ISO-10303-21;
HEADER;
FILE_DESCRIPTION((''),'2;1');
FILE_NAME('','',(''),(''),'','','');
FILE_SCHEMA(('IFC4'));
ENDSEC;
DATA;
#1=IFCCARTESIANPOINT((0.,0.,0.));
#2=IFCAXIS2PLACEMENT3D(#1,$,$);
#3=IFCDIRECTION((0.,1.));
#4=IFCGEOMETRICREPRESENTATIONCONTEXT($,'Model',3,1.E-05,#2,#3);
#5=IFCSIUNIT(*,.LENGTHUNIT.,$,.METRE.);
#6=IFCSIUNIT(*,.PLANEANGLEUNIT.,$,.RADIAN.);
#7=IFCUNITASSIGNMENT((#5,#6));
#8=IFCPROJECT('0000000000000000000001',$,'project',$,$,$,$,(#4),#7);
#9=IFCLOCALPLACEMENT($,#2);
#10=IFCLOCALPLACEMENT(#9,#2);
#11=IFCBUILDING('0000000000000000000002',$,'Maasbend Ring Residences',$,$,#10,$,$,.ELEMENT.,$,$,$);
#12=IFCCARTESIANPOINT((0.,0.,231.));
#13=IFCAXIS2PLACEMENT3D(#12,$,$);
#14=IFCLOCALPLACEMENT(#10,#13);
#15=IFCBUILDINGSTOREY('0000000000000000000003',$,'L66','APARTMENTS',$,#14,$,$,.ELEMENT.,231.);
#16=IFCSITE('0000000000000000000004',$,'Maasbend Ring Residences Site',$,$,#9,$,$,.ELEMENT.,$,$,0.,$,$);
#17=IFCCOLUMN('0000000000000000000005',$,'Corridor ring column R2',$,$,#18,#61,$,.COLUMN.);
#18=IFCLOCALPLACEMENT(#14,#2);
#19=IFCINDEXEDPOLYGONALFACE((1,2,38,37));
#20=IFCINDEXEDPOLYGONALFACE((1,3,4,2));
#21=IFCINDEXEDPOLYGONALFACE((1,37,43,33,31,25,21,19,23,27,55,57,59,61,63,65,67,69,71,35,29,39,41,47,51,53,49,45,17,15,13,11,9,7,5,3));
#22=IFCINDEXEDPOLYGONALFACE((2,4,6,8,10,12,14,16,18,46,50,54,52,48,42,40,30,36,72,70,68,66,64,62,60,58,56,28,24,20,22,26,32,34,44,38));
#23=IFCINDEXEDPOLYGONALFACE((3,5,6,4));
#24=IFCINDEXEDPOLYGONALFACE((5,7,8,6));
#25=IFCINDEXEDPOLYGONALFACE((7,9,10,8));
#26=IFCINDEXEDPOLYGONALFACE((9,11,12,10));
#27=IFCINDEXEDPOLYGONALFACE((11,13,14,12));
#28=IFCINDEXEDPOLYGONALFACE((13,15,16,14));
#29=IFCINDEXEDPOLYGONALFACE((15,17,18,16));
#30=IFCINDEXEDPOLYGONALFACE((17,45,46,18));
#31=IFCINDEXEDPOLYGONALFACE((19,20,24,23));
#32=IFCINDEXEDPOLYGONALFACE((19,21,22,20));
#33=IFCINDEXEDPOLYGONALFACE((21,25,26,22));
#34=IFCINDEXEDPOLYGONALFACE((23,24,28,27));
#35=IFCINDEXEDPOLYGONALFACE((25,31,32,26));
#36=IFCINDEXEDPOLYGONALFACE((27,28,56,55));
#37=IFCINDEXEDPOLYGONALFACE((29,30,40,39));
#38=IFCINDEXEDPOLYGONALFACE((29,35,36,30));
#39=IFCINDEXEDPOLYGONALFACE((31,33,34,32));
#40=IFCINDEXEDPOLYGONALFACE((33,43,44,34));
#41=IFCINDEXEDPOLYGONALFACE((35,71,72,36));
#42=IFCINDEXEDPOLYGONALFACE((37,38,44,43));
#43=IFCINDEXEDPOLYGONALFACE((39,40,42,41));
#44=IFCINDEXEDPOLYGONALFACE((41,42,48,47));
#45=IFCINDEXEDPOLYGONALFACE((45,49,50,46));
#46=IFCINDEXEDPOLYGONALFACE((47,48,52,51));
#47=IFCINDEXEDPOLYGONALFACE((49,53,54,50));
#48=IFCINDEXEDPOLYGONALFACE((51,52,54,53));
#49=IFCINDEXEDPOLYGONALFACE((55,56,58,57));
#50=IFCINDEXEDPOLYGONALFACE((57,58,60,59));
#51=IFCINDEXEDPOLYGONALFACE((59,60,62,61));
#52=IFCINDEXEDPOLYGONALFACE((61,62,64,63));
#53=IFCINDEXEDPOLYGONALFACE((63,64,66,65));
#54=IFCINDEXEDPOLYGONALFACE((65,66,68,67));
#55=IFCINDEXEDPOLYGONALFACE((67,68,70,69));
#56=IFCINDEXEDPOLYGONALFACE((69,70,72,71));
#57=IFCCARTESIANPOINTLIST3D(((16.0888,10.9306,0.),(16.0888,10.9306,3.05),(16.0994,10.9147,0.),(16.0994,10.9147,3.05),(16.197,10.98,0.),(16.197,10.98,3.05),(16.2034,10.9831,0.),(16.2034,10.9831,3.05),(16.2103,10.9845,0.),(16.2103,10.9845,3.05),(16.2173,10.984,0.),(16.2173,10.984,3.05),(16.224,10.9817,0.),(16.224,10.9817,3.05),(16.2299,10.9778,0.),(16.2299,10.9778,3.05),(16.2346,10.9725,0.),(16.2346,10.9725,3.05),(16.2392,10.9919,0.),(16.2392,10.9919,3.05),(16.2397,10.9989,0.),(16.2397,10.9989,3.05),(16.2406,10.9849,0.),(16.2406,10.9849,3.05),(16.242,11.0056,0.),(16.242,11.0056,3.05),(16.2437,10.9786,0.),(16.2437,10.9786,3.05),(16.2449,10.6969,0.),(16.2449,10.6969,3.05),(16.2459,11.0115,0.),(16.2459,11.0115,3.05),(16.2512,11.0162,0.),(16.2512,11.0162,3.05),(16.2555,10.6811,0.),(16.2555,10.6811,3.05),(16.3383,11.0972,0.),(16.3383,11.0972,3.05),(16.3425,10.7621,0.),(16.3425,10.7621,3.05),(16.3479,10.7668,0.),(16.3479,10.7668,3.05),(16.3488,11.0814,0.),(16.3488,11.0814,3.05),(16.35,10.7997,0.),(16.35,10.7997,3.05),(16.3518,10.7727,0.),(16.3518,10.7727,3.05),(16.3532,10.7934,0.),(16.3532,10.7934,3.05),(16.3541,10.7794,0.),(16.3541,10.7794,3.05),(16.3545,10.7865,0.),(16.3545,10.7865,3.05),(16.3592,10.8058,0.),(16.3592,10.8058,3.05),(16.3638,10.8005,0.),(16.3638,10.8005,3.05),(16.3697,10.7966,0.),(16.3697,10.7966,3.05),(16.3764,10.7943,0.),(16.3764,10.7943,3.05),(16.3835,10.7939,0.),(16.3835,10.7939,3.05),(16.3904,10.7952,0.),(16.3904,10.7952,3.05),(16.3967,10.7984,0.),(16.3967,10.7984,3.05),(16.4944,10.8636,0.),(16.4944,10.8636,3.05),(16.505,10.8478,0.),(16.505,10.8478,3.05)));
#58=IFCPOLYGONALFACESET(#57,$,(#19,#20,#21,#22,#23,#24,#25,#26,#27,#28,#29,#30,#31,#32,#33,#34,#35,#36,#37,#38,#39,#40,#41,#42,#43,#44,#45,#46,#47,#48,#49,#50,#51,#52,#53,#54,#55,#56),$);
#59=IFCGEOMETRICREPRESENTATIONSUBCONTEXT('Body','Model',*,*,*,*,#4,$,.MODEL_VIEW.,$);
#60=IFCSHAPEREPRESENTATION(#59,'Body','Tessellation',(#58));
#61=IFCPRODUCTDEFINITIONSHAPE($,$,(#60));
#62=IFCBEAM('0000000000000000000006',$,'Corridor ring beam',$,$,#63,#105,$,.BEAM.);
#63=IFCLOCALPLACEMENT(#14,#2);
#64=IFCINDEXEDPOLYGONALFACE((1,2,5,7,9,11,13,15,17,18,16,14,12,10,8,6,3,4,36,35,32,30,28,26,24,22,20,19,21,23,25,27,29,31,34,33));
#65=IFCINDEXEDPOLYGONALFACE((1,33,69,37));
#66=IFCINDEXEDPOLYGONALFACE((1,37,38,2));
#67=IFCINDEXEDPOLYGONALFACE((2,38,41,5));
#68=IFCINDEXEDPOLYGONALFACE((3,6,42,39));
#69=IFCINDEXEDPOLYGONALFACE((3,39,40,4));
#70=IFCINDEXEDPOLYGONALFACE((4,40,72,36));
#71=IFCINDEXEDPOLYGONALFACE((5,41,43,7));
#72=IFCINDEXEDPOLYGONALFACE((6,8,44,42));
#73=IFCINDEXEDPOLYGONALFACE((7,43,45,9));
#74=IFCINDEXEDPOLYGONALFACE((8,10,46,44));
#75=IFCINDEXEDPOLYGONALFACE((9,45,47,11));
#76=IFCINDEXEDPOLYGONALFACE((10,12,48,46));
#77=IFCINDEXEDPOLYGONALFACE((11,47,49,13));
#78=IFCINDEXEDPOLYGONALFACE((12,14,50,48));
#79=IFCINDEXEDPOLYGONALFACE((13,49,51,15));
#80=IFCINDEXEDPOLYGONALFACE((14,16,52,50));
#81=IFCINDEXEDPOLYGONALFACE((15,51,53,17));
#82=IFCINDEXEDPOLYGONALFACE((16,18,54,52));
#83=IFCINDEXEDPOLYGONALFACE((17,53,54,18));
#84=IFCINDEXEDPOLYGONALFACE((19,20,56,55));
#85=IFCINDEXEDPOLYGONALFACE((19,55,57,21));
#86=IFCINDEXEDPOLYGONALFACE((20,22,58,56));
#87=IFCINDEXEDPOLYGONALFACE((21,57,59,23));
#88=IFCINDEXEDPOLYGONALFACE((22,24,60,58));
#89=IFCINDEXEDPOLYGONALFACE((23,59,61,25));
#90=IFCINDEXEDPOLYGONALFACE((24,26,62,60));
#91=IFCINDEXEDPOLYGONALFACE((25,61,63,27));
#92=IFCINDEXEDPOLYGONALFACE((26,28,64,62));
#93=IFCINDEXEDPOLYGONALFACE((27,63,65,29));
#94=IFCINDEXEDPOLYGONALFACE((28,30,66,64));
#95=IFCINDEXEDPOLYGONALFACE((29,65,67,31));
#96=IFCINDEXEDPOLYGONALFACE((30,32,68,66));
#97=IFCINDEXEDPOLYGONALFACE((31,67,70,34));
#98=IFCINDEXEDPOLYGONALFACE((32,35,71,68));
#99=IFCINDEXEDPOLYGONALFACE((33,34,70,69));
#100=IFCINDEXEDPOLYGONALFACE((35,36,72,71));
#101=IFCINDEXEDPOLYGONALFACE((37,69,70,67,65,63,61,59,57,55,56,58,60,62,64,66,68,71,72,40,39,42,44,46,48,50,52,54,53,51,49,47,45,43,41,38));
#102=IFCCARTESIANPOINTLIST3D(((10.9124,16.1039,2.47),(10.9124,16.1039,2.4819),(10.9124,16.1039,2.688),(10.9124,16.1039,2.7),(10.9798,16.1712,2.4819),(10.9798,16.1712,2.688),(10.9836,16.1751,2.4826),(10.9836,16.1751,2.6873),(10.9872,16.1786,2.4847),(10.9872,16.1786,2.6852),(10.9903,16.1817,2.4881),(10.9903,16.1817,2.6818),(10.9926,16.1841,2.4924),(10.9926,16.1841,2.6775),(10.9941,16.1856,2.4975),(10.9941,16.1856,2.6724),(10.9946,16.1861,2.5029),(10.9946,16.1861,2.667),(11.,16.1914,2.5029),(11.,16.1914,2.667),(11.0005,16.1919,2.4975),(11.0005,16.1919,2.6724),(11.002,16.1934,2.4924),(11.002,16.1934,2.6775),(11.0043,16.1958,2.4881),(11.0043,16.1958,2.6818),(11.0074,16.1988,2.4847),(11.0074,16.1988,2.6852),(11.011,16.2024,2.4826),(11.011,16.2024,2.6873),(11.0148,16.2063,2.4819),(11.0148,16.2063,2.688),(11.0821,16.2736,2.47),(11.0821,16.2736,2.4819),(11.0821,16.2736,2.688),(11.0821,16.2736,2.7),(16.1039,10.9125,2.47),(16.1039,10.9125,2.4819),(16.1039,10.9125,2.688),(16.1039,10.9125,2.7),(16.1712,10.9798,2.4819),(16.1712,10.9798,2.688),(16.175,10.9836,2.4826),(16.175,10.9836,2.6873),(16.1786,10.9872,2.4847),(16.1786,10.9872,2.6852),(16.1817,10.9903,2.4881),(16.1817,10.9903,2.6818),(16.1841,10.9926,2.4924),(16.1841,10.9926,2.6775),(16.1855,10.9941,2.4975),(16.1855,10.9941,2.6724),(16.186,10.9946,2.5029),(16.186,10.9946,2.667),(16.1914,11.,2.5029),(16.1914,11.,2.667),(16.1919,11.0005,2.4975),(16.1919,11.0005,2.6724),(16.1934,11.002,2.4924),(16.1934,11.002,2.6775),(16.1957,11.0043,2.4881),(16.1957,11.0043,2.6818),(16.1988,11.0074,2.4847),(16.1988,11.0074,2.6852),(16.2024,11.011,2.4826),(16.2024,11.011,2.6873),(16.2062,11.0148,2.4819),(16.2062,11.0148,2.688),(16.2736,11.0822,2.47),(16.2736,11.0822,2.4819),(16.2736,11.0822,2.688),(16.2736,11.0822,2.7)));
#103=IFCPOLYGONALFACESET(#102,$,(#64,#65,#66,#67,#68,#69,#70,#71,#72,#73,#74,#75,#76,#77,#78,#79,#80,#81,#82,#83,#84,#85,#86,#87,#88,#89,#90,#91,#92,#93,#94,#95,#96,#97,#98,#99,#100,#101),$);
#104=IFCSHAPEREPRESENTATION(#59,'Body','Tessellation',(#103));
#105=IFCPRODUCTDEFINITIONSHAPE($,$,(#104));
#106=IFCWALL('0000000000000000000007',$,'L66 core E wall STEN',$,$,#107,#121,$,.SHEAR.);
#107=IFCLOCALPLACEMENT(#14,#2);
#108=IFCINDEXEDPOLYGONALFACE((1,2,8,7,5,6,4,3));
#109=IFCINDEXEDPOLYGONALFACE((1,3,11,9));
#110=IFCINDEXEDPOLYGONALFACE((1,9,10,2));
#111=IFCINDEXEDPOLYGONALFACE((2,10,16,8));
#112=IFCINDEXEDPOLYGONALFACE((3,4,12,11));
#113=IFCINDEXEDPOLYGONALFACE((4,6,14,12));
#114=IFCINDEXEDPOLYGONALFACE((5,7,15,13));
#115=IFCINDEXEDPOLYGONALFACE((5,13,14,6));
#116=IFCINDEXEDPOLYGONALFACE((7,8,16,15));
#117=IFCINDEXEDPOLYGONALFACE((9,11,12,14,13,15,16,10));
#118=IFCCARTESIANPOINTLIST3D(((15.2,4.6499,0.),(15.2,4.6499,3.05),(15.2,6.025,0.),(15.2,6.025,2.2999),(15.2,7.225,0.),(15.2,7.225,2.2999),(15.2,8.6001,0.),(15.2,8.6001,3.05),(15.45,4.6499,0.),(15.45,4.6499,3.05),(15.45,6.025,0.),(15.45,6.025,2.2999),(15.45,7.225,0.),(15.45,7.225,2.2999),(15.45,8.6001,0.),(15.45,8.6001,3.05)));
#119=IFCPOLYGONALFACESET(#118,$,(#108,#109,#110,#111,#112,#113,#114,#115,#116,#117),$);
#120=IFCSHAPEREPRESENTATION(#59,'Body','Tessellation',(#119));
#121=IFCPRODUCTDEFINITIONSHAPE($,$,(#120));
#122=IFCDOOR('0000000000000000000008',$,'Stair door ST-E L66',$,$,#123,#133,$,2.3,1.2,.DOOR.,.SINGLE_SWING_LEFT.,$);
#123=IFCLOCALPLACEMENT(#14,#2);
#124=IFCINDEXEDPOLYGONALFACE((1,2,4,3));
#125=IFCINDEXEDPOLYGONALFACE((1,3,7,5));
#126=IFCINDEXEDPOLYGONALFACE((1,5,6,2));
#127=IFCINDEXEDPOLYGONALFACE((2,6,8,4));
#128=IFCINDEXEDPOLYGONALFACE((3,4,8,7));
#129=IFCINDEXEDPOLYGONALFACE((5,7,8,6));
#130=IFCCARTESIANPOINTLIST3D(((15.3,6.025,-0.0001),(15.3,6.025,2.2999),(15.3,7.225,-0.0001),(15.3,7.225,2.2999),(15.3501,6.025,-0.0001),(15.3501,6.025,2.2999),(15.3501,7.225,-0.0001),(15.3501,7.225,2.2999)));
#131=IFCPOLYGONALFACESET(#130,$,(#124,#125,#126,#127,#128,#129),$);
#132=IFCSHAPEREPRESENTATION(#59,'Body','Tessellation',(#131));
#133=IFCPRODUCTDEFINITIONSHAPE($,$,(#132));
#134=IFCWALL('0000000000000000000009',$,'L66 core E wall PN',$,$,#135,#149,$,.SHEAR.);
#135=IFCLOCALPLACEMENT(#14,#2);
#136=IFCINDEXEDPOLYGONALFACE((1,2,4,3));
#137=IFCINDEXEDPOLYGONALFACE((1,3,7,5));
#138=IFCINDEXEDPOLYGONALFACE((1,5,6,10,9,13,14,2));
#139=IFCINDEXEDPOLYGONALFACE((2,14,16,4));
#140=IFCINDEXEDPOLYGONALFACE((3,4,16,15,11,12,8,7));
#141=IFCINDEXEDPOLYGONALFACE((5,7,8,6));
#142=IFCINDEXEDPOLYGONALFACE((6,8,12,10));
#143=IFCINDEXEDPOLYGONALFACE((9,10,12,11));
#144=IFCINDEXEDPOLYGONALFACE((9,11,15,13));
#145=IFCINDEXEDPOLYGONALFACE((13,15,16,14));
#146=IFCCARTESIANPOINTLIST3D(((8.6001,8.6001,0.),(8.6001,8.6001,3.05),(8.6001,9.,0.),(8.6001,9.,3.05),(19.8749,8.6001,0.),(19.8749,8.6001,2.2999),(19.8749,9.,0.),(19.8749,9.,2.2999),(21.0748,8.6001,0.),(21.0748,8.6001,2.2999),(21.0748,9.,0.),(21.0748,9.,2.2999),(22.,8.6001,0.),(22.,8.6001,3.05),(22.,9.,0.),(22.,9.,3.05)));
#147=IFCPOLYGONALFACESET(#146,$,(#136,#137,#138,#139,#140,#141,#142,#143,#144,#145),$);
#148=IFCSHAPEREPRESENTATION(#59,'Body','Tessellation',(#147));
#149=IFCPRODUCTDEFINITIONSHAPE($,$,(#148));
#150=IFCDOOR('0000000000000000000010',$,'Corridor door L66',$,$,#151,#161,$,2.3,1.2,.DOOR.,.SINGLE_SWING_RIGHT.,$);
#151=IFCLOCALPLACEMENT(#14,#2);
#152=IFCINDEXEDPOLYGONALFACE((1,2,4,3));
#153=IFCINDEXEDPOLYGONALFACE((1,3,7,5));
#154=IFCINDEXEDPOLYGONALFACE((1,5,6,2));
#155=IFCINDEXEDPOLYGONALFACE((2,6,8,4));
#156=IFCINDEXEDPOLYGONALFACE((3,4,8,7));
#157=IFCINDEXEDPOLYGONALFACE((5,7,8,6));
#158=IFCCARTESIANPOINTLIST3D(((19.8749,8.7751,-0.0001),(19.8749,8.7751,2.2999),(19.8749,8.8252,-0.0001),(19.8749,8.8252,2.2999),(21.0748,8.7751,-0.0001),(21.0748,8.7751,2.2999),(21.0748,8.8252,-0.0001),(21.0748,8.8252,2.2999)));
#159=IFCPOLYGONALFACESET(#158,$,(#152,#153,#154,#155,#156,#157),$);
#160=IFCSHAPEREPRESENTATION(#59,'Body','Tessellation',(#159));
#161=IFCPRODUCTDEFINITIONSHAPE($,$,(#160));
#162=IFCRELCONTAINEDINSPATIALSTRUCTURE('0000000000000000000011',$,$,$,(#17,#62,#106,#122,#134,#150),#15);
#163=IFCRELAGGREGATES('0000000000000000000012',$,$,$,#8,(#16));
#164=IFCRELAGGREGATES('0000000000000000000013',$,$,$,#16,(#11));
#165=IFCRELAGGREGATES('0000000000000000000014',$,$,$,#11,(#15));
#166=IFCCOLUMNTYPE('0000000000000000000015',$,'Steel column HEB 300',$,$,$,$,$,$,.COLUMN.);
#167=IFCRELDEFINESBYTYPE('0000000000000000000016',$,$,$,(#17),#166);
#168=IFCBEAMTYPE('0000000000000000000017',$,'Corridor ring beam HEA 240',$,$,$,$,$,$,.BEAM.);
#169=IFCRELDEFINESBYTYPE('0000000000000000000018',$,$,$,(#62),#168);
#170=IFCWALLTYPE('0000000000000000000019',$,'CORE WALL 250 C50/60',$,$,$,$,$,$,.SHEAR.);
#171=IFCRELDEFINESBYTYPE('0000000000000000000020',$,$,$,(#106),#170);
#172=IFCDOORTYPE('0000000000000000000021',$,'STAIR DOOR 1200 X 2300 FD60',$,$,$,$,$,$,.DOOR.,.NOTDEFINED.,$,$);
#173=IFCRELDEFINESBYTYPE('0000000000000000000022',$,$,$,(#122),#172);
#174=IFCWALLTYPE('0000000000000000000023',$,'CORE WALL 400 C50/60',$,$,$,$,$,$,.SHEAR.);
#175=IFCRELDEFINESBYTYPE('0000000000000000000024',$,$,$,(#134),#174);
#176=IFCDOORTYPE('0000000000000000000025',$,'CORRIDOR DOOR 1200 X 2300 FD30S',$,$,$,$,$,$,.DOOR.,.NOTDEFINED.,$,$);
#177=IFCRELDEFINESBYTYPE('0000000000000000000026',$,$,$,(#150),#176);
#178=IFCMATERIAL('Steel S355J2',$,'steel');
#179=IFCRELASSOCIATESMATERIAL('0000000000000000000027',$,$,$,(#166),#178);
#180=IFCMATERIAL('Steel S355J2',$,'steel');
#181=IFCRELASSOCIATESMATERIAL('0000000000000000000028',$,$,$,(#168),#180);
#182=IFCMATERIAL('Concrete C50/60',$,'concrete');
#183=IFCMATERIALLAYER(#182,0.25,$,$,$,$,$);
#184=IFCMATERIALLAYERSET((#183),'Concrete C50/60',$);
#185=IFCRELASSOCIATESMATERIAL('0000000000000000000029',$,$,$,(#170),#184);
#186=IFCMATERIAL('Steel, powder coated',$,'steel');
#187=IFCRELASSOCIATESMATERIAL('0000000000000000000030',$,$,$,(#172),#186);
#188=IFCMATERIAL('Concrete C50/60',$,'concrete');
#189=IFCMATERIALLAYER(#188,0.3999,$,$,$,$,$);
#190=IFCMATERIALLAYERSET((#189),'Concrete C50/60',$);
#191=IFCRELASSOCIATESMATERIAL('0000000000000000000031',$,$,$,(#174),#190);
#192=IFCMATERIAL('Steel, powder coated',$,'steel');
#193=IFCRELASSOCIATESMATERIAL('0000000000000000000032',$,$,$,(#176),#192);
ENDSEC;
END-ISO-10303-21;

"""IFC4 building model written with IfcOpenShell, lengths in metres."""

from ifc_helpers import new_model, si_unit, direction, frame, frame_2d, origin, origin_2d, place, context, subcontext, project, spatial, rectangle, i_section, extrude, material, layer, layer_set, material_profile, profile_set, type_object, element, fill, save


model = new_model("IFC4")

# Units and contexts
model_context = context("Model", 3, precision=1e-05, world=origin(), true_north=direction((0.0, 1.0)))
body_context = subcontext(model_context, "Body", "Model", "MODEL_VIEW")
ifc_project = project(units=[si_unit("LENGTHUNIT", "METRE"), si_unit("PLANEANGLEUNIT", "RADIAN")], contexts=[model_context])

# Site, building, storey
site_placement = place(None, origin())
site = spatial("IfcSite", under=ifc_project, at=site_placement, Name="Maasbend Ring Residences Site", CompositionType="ELEMENT", RefElevation=0.0)
building_placement = place(site_placement, origin())
building = spatial("IfcBuilding", under=site, at=building_placement, Name="Maasbend Ring Residences", CompositionType="ELEMENT")
storey_placement = place(building_placement, frame((0.0, 0.0, 231.0)))
storey = spatial("IfcBuildingStorey", under=building, at=storey_placement, Name="L66", Description="APARTMENTS", CompositionType="ELEMENT", Elevation=231.0)

# Column
ifc_material_1 = material(Name="Steel S355J2", Category="steel")
ifc_material_profile_1 = material_profile(ifc_material_1, i_section(OverallWidth=0.3, OverallDepth=0.3, WebThickness=0.011, FlangeThickness=0.019, FilletRadius=0.0271, at=origin_2d()), Name="HEB 300")
ifc_profile_set_1 = profile_set([ifc_material_profile_1], Name="Steel S355J2")
column_type = type_object("IfcColumnType", Name="Steel column HEB 300", PredefinedType="COLUMN", material=ifc_profile_set_1)
column_placement = place(storey_placement, frame((16.2969, 10.8892, 0.0), z_axis=(0.0, 0.0, 1.0), x_axis=(0.83147, 0.55557, 0.0)))
element("IfcColumn", 1, at=column_placement, inside=storey, type_object=column_type, Name="Corridor ring column R2", PredefinedType="COLUMN", context=body_context, shape_type="SweptSolid", body=[
    extrude(i_section(OverallWidth=0.3, OverallDepth=0.3, WebThickness=0.011, FlangeThickness=0.019, FilletRadius=0.0271, at=origin_2d()), origin(), (0.0, 0.0, 1.0), 3.05),
])

# Beam
ifc_material_2 = material(Name="Steel S355J2", Category="steel")
ifc_material_profile_2 = material_profile(ifc_material_2, i_section(OverallWidth=0.24, OverallDepth=0.23, WebThickness=0.0076, FlangeThickness=0.012, FilletRadius=0.021, at=origin_2d()), Name="HEA 240")
ifc_profile_set_2 = profile_set([ifc_material_profile_2], Name="Steel S355J2")
beam_type = type_object("IfcBeamType", Name="Corridor ring beam HEA 240", PredefinedType="BEAM", material=ifc_profile_set_2)
beam_placement = place(storey_placement, frame((16.1887, 10.9973, 2.585), z_axis=(-0.707107, 0.707107, 0.0), x_axis=(-0.707107, -0.707107, 0.0)))
element("IfcBeam", 2, at=beam_placement, inside=storey, type_object=beam_type, Name="Corridor ring beam", PredefinedType="BEAM", context=body_context, shape_type="SweptSolid", body=[
    extrude(i_section(OverallWidth=0.24, OverallDepth=0.23, WebThickness=0.0076, FlangeThickness=0.012, FilletRadius=0.021, at=origin_2d()), origin(), (0.0, 0.0, 1.0), 7.3418),
])

# Walls, openings, doors
ifc_material_3 = material(Name="Concrete C50/60", Category="concrete")
ifc_layer_1 = layer(ifc_material_3, 0.25)
ifc_layer_set_1 = layer_set([ifc_layer_1], Name="Concrete C50/60")
wall_type_1 = type_object("IfcWallType", Name="CORE WALL 250 C50/60", PredefinedType="SHEAR", material=ifc_layer_set_1)
wall_1_placement = place(storey_placement, frame((15.325, 4.6499, 0.0), z_axis=(0.0, 0.0, 1.0), x_axis=(0.0, 1.0, 0.0)))
wall_1 = element("IfcWall", 3, at=wall_1_placement, inside=storey, type_object=wall_type_1, Name="L66 core E wall STEN", PredefinedType="SHEAR", context=body_context, shape_type="SweptSolid", body=[
    extrude(rectangle(XDim=3.9502, YDim=0.25, at=frame_2d((1.9751, 0.0))), origin(), (0.0, 0.0, 1.0), 3.05),
])
opening_1_placement = place(wall_1_placement, frame((1.375, 0.0, 0.0)))
opening_1 = element("IfcOpeningElement", 4, at=opening_1_placement, cuts=wall_1, PredefinedType="OPENING", context=body_context, shape_type="SweptSolid", body=[
    extrude(rectangle(XDim=1.2, YDim=2.3, at=frame_2d((0.6001, 1.1499))), frame((0.0, 0.135, 0.0), z_axis=(0.0, -1.0, 0.0), x_axis=(1.0, 0.0, 0.0)), (0.0, 0.0, 1.0), 0.27),
])
ifc_material_4 = material(Name="Steel, powder coated", Category="steel")
door_type_1 = type_object("IfcDoorType", Name="STAIR DOOR 1200 X 2300 FD60", OperationType="NOTDEFINED", PredefinedType="DOOR", material=ifc_material_4)
door_1_placement = place(opening_1_placement, origin())
door_1 = element("IfcDoor", 5, at=door_1_placement, inside=storey, type_object=door_type_1, Name="Stair door ST-E L66", OperationType="SINGLE_SWING_LEFT", OverallHeight=2.3, OverallWidth=1.2, PredefinedType="DOOR", context=body_context, shape_type="SweptSolid", body=[
    extrude(rectangle(XDim=1.2, YDim=2.3, at=frame_2d((0.6001, 1.1499))), frame((0.0, 0.0249, 0.0), z_axis=(0.0, -1.0, 0.0), x_axis=(1.0, 0.0, 0.0)), (0.0, 0.0, 1.0), 0.05),
])
fill(opening_1, door_1)
ifc_material_5 = material(Name="Concrete C50/60", Category="concrete")
ifc_layer_2 = layer(ifc_material_5, 0.3999)
ifc_layer_set_2 = layer_set([ifc_layer_2], Name="Concrete C50/60")
wall_type_2 = type_object("IfcWallType", Name="CORE WALL 400 C50/60", PredefinedType="SHEAR", material=ifc_layer_set_2)
wall_2_placement = place(storey_placement, frame((22.0, 8.8, 0.0), z_axis=(0.0, 0.0, 1.0), x_axis=(-1.0, 0.0, 0.0)))
wall_2 = element("IfcWall", 6, at=wall_2_placement, inside=storey, type_object=wall_type_2, Name="L66 core E wall PN", PredefinedType="SHEAR", context=body_context, shape_type="SweptSolid", body=[
    extrude(rectangle(XDim=13.3999, YDim=0.3999, at=frame_2d((6.7, 0.0))), origin(), (0.0, 0.0, 1.0), 3.05),
])
opening_2_placement = place(wall_2_placement, frame((0.925, 0.0, 0.0)))
opening_2 = element("IfcOpeningElement", 7, at=opening_2_placement, cuts=wall_2, PredefinedType="OPENING", context=body_context, shape_type="SweptSolid", body=[
    extrude(rectangle(XDim=1.2, YDim=2.3, at=frame_2d((0.6001, 1.1499))), frame((0.0, 0.21, 0.0), z_axis=(0.0, -1.0, 0.0), x_axis=(1.0, 0.0, 0.0)), (0.0, 0.0, 1.0), 0.4199),
])
ifc_material_6 = material(Name="Steel, powder coated", Category="steel")
door_type_2 = type_object("IfcDoorType", Name="CORRIDOR DOOR 1200 X 2300 FD30S", OperationType="NOTDEFINED", PredefinedType="DOOR", material=ifc_material_6)
door_2_placement = place(opening_2_placement, origin())
door_2 = element("IfcDoor", 8, at=door_2_placement, inside=storey, type_object=door_type_2, Name="Corridor door L66", OperationType="SINGLE_SWING_RIGHT", OverallHeight=2.3, OverallWidth=1.2, PredefinedType="DOOR", context=body_context, shape_type="SweptSolid", body=[
    extrude(rectangle(XDim=1.2, YDim=2.3, at=frame_2d((0.6001, 1.1499))), frame((0.0, 0.0249, 0.0), z_axis=(0.0, -1.0, 0.0), x_axis=(1.0, 0.0, 0.0)), (0.0, 0.0, 1.0), 0.05),
])
fill(opening_2, door_2)

save(model, "model.ifc")
